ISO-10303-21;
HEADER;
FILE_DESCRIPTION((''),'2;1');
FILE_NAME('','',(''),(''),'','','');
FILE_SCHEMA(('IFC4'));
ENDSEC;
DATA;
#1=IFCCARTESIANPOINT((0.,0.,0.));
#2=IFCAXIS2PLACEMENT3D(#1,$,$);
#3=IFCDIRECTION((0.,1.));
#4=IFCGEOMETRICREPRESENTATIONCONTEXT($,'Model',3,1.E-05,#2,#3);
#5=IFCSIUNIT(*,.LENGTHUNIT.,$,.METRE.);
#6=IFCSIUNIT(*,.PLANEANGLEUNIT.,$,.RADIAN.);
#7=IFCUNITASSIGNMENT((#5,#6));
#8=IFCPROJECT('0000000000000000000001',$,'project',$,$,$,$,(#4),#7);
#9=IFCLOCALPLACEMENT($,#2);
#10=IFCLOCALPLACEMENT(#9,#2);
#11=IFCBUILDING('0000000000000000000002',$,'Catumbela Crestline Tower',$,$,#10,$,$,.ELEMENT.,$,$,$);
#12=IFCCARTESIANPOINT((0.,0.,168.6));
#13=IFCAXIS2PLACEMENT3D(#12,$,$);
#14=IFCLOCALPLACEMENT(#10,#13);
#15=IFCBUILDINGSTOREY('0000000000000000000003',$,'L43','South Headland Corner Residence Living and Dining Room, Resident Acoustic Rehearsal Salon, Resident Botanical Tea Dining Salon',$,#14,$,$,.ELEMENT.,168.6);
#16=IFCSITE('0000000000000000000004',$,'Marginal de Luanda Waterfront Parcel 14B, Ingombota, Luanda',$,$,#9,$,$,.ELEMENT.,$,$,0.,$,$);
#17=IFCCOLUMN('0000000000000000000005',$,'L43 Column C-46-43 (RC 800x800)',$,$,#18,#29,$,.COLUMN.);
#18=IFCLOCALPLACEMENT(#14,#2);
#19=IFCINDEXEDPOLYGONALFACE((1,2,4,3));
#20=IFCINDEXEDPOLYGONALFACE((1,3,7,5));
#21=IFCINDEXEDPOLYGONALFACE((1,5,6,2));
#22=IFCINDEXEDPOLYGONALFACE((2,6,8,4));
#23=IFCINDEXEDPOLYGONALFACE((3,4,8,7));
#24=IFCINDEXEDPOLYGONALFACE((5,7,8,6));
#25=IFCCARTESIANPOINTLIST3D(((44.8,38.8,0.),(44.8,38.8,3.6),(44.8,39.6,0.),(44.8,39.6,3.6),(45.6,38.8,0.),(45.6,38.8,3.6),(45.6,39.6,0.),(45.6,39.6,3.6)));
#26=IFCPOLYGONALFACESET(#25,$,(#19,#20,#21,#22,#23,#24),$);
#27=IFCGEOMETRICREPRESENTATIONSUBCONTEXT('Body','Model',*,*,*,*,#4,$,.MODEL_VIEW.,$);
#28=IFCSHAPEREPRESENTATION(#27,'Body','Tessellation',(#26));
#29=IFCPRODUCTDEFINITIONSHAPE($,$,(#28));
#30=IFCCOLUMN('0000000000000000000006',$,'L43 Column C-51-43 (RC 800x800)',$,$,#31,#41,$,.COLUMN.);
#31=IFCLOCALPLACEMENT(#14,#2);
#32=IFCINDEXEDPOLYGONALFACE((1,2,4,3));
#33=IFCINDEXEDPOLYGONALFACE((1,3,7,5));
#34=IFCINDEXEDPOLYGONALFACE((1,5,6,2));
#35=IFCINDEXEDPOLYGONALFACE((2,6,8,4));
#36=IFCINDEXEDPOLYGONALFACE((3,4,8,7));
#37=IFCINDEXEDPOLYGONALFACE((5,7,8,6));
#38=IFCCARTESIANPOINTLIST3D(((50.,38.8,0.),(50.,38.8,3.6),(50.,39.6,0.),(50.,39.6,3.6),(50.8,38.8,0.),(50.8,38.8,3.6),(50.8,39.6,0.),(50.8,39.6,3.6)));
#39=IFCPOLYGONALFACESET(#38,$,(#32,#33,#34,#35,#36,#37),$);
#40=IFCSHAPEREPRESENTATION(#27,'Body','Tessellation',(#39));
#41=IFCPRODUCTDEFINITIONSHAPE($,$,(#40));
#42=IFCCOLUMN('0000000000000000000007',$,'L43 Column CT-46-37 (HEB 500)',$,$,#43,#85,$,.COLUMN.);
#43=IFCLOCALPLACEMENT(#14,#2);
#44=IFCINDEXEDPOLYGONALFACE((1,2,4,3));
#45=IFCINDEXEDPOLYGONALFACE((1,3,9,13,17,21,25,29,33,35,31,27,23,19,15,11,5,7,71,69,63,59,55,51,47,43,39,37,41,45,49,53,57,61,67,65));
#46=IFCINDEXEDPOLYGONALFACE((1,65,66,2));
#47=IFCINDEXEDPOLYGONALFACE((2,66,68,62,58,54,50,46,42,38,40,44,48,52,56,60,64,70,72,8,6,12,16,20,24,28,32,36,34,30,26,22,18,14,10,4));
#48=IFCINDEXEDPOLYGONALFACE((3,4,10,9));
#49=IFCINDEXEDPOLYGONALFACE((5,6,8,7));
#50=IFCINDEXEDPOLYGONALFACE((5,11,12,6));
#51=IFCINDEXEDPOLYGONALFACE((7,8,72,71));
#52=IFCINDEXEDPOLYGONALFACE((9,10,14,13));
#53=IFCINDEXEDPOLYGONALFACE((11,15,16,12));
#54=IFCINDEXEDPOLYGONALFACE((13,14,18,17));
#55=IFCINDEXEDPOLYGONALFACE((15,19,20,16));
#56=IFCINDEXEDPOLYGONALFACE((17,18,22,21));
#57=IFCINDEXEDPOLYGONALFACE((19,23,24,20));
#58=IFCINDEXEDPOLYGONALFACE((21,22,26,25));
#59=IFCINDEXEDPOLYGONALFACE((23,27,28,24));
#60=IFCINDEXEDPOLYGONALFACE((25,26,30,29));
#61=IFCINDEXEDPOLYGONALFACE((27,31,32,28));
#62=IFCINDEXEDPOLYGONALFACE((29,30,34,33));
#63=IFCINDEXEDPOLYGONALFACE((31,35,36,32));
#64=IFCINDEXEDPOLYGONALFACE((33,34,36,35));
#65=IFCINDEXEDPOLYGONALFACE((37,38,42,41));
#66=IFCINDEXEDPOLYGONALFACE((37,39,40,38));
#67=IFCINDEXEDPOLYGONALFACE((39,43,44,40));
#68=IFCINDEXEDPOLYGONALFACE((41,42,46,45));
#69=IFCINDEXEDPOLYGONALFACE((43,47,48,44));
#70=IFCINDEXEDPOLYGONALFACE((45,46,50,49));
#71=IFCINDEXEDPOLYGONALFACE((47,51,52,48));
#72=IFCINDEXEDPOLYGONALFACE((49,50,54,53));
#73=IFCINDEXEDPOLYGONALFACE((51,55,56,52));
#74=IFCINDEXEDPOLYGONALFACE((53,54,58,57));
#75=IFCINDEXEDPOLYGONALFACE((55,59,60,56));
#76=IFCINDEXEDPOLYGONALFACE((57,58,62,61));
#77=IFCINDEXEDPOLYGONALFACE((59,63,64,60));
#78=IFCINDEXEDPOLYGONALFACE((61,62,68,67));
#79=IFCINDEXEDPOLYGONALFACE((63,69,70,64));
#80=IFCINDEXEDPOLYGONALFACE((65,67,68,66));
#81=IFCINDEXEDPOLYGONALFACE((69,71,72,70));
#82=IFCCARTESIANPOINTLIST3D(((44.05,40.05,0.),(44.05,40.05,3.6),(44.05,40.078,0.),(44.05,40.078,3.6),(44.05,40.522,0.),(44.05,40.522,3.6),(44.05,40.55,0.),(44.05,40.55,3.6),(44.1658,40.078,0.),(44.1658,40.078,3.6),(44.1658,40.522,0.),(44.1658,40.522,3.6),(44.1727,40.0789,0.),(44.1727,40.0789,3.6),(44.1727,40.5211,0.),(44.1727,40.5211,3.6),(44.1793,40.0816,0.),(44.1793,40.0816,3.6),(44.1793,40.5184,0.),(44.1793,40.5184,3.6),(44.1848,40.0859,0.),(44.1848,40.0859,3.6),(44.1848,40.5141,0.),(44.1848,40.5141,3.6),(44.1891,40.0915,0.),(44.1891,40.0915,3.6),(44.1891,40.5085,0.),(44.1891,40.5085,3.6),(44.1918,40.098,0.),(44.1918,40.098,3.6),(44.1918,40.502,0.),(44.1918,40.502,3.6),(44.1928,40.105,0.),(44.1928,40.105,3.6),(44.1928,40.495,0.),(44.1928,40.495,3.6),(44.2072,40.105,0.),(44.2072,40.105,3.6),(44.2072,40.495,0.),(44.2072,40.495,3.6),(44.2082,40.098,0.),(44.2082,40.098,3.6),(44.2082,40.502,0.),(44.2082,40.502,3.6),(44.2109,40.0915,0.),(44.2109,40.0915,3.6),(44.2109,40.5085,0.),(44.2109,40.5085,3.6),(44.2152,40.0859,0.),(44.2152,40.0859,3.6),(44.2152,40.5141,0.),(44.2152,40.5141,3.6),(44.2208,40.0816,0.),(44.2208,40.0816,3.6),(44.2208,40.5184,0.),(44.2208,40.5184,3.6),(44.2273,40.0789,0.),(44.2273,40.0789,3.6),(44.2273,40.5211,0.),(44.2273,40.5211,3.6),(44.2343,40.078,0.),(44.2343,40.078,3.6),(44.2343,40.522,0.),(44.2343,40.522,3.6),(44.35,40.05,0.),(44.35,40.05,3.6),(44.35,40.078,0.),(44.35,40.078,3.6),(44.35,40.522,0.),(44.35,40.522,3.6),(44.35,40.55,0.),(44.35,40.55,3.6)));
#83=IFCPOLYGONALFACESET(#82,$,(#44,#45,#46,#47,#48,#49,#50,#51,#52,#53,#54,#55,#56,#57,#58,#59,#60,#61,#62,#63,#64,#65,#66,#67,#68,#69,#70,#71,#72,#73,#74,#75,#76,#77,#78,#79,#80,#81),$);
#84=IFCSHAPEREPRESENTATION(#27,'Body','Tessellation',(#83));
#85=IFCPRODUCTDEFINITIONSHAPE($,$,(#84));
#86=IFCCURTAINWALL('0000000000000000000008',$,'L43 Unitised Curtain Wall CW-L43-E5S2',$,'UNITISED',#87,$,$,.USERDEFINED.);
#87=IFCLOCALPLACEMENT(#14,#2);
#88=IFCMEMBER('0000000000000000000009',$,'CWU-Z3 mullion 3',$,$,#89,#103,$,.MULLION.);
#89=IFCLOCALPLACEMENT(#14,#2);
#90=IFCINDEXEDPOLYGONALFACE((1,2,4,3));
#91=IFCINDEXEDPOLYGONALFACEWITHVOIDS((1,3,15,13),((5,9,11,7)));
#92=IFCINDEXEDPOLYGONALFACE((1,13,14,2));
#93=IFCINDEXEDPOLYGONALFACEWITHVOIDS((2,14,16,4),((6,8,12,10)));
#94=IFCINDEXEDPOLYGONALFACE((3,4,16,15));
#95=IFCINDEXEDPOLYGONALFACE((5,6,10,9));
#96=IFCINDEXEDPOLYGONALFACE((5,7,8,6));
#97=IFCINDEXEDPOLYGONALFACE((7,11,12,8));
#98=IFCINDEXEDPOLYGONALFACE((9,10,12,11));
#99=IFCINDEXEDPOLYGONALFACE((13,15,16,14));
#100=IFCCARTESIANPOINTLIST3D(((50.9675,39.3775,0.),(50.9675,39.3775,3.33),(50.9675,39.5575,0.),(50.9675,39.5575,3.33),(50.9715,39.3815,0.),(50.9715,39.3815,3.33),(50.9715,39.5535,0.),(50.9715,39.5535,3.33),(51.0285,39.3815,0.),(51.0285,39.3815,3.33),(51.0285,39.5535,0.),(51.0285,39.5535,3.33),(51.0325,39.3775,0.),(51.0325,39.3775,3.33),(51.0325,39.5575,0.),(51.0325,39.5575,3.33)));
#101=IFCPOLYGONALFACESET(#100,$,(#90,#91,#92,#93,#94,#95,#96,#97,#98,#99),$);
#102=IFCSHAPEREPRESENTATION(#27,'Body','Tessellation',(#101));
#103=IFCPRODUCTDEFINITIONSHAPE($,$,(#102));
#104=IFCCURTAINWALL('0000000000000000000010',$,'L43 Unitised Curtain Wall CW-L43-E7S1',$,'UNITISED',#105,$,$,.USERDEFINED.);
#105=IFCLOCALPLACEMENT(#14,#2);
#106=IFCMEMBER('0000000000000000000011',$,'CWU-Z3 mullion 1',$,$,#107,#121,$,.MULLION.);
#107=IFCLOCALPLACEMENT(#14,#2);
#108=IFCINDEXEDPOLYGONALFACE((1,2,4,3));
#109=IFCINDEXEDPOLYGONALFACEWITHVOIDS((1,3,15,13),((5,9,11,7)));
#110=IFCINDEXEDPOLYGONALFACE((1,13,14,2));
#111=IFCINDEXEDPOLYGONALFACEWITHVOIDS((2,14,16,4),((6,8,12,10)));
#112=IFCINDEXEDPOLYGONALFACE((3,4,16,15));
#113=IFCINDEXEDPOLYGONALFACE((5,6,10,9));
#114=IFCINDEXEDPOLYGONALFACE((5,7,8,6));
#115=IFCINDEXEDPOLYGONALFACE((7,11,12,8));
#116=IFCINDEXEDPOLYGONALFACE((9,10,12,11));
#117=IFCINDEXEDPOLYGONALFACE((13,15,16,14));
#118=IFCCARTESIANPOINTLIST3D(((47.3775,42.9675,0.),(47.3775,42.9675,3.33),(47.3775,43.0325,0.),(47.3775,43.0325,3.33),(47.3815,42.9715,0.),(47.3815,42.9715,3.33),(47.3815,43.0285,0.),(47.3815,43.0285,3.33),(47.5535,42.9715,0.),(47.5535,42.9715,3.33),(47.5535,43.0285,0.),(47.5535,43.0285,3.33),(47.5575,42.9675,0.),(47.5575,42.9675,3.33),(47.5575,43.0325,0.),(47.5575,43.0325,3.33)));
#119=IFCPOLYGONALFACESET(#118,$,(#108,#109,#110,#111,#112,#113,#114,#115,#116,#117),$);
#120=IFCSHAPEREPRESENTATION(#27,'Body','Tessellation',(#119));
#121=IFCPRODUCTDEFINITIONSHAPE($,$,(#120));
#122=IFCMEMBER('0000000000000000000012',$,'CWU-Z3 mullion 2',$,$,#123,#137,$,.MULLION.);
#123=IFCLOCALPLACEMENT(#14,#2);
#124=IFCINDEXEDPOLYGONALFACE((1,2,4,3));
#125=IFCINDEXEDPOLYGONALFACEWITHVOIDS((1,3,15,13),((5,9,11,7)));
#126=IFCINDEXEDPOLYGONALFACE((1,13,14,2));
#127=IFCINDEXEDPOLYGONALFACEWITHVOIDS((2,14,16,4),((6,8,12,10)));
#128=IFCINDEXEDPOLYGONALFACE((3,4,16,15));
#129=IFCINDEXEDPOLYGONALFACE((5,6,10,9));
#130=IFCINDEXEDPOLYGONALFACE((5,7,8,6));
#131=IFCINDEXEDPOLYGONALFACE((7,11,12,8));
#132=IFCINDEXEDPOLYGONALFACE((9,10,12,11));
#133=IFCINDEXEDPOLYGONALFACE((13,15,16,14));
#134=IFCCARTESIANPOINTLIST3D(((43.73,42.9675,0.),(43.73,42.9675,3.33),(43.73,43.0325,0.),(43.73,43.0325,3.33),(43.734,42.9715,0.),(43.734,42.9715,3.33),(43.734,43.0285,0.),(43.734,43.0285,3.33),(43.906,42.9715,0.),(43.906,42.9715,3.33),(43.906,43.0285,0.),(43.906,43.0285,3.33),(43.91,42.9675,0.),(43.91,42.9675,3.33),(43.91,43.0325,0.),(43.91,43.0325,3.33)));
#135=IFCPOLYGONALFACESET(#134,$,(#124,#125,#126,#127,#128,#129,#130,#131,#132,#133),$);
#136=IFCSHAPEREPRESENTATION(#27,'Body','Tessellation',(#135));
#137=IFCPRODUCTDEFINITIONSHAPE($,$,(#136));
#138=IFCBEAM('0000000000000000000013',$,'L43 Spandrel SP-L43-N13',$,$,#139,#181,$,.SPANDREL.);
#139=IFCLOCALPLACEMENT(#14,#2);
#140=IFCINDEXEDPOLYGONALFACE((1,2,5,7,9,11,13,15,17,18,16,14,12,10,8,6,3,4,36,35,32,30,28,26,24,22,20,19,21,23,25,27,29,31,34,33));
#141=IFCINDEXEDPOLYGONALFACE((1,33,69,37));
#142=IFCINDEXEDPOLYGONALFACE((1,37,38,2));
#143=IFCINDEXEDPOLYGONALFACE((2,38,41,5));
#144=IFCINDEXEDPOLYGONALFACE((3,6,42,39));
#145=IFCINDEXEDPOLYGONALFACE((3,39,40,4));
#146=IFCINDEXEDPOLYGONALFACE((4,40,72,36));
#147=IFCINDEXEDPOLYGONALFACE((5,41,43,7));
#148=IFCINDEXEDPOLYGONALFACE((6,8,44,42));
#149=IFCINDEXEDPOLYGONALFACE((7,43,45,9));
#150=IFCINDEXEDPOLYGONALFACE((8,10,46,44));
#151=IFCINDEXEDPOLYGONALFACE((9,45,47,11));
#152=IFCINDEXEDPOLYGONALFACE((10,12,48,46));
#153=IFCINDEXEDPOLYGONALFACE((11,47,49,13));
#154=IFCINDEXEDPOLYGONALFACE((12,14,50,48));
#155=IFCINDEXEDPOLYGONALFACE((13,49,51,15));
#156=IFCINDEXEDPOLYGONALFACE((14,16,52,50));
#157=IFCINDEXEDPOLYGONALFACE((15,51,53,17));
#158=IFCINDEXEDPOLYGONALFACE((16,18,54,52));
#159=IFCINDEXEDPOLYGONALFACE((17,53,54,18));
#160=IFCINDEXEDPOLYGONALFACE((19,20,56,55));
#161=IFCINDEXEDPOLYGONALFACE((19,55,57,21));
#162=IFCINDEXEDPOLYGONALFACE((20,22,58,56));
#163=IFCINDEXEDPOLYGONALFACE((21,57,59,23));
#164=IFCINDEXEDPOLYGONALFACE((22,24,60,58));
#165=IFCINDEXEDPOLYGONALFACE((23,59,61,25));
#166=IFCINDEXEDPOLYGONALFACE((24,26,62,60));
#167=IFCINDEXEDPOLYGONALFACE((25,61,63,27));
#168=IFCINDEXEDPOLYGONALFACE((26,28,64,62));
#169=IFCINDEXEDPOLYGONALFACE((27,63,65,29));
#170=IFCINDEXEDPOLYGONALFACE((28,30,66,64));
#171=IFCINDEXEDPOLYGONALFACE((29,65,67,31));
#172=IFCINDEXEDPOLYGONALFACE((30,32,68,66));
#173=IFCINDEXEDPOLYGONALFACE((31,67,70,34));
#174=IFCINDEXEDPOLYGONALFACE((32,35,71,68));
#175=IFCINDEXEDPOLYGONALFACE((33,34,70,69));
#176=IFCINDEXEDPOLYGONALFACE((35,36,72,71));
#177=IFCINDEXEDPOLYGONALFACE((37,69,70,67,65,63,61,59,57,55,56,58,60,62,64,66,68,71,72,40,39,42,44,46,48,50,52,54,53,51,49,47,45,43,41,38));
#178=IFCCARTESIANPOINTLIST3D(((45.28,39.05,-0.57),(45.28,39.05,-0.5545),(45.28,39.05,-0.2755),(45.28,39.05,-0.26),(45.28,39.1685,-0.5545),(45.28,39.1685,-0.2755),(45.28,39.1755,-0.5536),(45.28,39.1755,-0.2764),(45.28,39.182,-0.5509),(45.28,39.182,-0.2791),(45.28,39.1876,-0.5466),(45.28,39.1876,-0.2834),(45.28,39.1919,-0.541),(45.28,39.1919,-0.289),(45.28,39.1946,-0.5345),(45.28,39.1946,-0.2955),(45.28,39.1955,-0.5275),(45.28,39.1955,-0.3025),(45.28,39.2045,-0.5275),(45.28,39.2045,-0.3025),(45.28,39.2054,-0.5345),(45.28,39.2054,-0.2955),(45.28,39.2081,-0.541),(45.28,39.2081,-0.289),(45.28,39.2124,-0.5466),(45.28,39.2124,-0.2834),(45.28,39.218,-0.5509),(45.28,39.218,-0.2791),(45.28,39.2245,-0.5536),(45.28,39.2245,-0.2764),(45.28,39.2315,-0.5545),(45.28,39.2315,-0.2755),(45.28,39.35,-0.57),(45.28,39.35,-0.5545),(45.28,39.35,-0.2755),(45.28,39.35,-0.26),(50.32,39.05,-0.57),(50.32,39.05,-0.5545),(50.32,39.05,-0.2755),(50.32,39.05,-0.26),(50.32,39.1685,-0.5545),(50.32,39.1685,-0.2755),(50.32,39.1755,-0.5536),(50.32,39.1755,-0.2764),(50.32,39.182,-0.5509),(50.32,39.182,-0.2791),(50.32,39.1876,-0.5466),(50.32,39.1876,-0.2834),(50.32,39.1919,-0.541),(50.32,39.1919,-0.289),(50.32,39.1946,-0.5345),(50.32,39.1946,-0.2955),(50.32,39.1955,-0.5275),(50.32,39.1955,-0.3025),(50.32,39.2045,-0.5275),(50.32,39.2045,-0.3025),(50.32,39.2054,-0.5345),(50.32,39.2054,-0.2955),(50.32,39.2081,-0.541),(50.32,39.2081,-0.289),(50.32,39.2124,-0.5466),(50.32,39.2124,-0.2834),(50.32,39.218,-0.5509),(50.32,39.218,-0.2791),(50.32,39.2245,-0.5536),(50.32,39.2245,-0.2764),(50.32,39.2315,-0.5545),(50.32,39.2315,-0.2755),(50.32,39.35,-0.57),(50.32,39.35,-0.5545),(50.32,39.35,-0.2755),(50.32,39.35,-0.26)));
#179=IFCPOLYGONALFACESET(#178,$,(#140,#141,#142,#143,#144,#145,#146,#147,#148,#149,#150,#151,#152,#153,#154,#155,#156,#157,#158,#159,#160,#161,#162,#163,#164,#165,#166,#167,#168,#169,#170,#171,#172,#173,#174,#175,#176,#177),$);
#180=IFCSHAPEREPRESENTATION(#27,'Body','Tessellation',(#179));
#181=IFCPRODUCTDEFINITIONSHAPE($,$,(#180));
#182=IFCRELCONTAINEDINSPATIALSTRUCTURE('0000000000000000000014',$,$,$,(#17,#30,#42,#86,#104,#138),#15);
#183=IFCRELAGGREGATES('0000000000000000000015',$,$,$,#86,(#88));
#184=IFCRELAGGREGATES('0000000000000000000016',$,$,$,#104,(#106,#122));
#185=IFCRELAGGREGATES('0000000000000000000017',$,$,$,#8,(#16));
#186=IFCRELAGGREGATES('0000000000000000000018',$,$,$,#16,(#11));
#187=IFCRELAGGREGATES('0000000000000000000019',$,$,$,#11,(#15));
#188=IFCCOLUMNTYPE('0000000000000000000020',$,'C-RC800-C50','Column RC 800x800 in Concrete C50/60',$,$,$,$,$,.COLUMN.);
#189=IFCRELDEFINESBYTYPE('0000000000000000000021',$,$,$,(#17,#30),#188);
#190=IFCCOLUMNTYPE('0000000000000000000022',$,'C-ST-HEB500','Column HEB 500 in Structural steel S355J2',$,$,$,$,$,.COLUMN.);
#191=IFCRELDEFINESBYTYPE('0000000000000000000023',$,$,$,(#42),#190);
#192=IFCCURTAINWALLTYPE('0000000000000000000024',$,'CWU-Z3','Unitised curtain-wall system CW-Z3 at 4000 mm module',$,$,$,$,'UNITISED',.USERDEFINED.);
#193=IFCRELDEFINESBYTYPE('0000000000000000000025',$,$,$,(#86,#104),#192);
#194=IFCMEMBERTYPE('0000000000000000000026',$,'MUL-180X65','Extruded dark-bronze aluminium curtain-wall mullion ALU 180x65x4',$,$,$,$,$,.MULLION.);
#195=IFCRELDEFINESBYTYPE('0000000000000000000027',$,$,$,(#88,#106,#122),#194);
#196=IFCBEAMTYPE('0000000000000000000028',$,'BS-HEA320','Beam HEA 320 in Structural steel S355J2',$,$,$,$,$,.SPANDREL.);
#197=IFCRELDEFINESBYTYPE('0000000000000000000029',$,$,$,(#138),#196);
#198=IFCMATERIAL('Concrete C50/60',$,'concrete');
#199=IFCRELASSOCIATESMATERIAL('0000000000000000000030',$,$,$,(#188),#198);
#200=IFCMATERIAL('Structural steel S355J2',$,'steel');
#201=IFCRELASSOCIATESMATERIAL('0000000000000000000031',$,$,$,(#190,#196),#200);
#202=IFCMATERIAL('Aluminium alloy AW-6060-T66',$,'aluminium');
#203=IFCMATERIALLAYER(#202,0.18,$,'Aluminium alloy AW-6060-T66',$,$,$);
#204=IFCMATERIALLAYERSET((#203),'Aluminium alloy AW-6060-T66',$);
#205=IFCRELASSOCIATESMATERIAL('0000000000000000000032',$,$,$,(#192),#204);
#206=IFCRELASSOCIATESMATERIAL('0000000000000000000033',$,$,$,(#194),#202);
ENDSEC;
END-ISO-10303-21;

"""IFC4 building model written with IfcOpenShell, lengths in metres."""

from ifc_helpers import new_model, si_unit, direction, frame, origin, origin_2d, place, context, subcontext, project, spatial, rectangle, hollow_rectangle, i_section, extrude, material, layer, layer_set, material_profile, profile_set, type_object, element, aggregate, save


model = new_model("IFC4")

# Units and contexts
model_context = context("Model", 3, precision=1e-05, world=origin(), true_north=direction((0.0, 1.0)))
body_context = subcontext(model_context, "Body", "Model", "MODEL_VIEW")
ifc_project = project(units=[si_unit("LENGTHUNIT", "METRE"), si_unit("PLANEANGLEUNIT", "RADIAN")], contexts=[model_context])

# Site, building, storey
site_placement = place(None, origin())
site = spatial("IfcSite", under=ifc_project, at=site_placement, Name="Marginal de Luanda Waterfront Parcel 14B, Ingombota, Luanda", CompositionType="ELEMENT", RefElevation=0.0)
building_placement = place(site_placement, origin())
building = spatial("IfcBuilding", under=site, at=building_placement, Name="Catumbela Crestline Tower", CompositionType="ELEMENT")
storey_placement = place(building_placement, frame((0.0, 0.0, 168.6)))
storey = spatial("IfcBuildingStorey", under=building, at=storey_placement, Name="L43", Description="South Headland Corner Residence Living and Dining Room, Resident Acoustic Rehearsal Salon, Resident Botanical Tea Dining Salon", CompositionType="ELEMENT", Elevation=168.6)

# Columns
ifc_material_1 = material(Name="Concrete C50/60", Category="concrete")
ifc_material_profile_1 = material_profile(ifc_material_1, rectangle(XDim=0.8, YDim=0.8, at=origin_2d()), Name="RC 800x800")
ifc_profile_set_1 = profile_set([ifc_material_profile_1], Name="Concrete C50/60")
column_type_1 = type_object("IfcColumnType", Name="C-RC800-C50", Description="Column RC 800x800 in Concrete C50/60", PredefinedType="COLUMN", material=ifc_profile_set_1)
for number, where, z_axis, x_axis, name in (
    (1, (45.2, 39.2, 0.0), (0.0, 0.0, 1.0), (1.0, 0.0, 0.0), "L43 Column C-46-43 (RC 800x800)"),
    (2, (50.4, 39.2, 0.0), (0.0, 0.0, 1.0), (1.0, 0.0, 0.0), "L43 Column C-51-43 (RC 800x800)"),
):
    element("IfcColumn", number, at=place(storey_placement, frame(where, z_axis=z_axis, x_axis=x_axis)), inside=storey, type_object=column_type_1, Name=name, PredefinedType="COLUMN", context=body_context, shape_type="SweptSolid", body=[
        extrude(rectangle(XDim=0.8, YDim=0.8, at=origin_2d()), origin(), (0.0, 0.0, 1.0), 3.6),
    ])
ifc_material_2 = material(Name="Structural steel S355J2", Category="steel")
ifc_material_profile_2 = material_profile(ifc_material_2, i_section(OverallWidth=0.3, OverallDepth=0.5, WebThickness=0.0145, FlangeThickness=0.028, FilletRadius=0.027, at=origin_2d()), Name="HEB 500")
ifc_profile_set_2 = profile_set([ifc_material_profile_2], Name="Structural steel S355J2")
column_type_2 = type_object("IfcColumnType", Name="C-ST-HEB500", Description="Column HEB 500 in Structural steel S355J2", PredefinedType="COLUMN", material=ifc_profile_set_2)
column_placement = place(storey_placement, frame((44.2, 40.3, 0.0), z_axis=(0.0, 0.0, 1.0), x_axis=(1.0, 0.0, 0.0)))
element("IfcColumn", 3, at=column_placement, inside=storey, type_object=column_type_2, Name="L43 Column CT-46-37 (HEB 500)", PredefinedType="COLUMN", context=body_context, shape_type="SweptSolid", body=[
    extrude(i_section(OverallWidth=0.3, OverallDepth=0.5, WebThickness=0.0145, FlangeThickness=0.028, FilletRadius=0.027, at=origin_2d()), origin(), (0.0, 0.0, 1.0), 3.6),
])

# Curtain wall, member
ifc_material_3 = material(Name="Aluminium alloy AW-6060-T66", Category="aluminium")
ifc_layer_1 = layer(ifc_material_3, 0.18, Name="Aluminium alloy AW-6060-T66")
ifc_layer_set_1 = layer_set([ifc_layer_1], Name="Aluminium alloy AW-6060-T66")
curtain_wall_type = type_object("IfcCurtainWallType", Name="CWU-Z3", Description="Unitised curtain-wall system CW-Z3 at 4000 mm module", ElementType="UNITISED", PredefinedType="USERDEFINED", material=ifc_layer_set_1)
curtain_wall_1_placement = place(storey_placement, origin())
curtain_wall_1 = element("IfcCurtainWall", 4, at=curtain_wall_1_placement, inside=storey, type_object=curtain_wall_type, Name="L43 Unitised Curtain Wall CW-L43-E5S2", ObjectType="UNITISED", PredefinedType="USERDEFINED")
ifc_material_profile_3 = material_profile(ifc_material_3, hollow_rectangle(XDim=0.065, YDim=0.18, WallThickness=0.004, at=origin_2d()), Name="ALU 180x65x4")
ifc_profile_set_3 = profile_set([ifc_material_profile_3], Name="Aluminium alloy AW-6060-T66")
member_type_1 = type_object("IfcMemberType", Name="MUL-180X65", Description="Extruded dark-bronze aluminium curtain-wall mullion ALU 180x65x4", PredefinedType="MULLION", material=ifc_profile_set_3)
member_1_placement = place(storey_placement, frame((51.0, 39.4675, 0.0), z_axis=(0.0, 0.0, 1.0), x_axis=(-1.0, 0.0, 0.0)))
member_1 = element("IfcMember", 5, at=member_1_placement, type_object=member_type_1, Name="CWU-Z3 mullion 3", PredefinedType="MULLION", context=body_context, shape_type="SweptSolid", body=[
    extrude(hollow_rectangle(XDim=0.065, YDim=0.18, WallThickness=0.004, at=origin_2d()), origin(), (0.0, 0.0, 1.0), 3.33),
])

# Curtain wall, members
curtain_wall_2_placement = place(storey_placement, origin())
curtain_wall_2 = element("IfcCurtainWall", 6, at=curtain_wall_2_placement, inside=storey, type_object=curtain_wall_type, Name="L43 Unitised Curtain Wall CW-L43-E7S1", ObjectType="UNITISED", PredefinedType="USERDEFINED")
member_2_placement = place(storey_placement, frame((47.4675, 43.0, 0.0), z_axis=(0.0, 0.0, 1.0), x_axis=(0.0, -1.0, 0.0)))
member_2 = element("IfcMember", 7, at=member_2_placement, type_object=member_type_1, Name="CWU-Z3 mullion 1", PredefinedType="MULLION", context=body_context, shape_type="SweptSolid", body=[
    extrude(hollow_rectangle(XDim=0.065, YDim=0.18, WallThickness=0.004, at=origin_2d()), origin(), (0.0, 0.0, 1.0), 3.33),
])
member_3_placement = place(storey_placement, frame((43.82, 43.0, 0.0), z_axis=(0.0, 0.0, 1.0), x_axis=(0.0, -1.0, 0.0)))
member_3 = element("IfcMember", 8, at=member_3_placement, type_object=member_type_1, Name="CWU-Z3 mullion 2", PredefinedType="MULLION", context=body_context, shape_type="SweptSolid", body=[
    extrude(hollow_rectangle(XDim=0.065, YDim=0.18, WallThickness=0.004, at=origin_2d()), origin(), (0.0, 0.0, 1.0), 3.33),
])

# Beam
ifc_material_profile_4 = material_profile(ifc_material_2, i_section(OverallWidth=0.3, OverallDepth=0.31, WebThickness=0.009, FlangeThickness=0.0155, FilletRadius=0.027, at=origin_2d()), Name="HEA 320")
ifc_profile_set_4 = profile_set([ifc_material_profile_4], Name="Structural steel S355J2")
beam_type = type_object("IfcBeamType", Name="BS-HEA320", Description="Beam HEA 320 in Structural steel S355J2", PredefinedType="SPANDREL", material=ifc_profile_set_4)
beam_placement = place(storey_placement, frame((45.28, 39.2, -0.415), z_axis=(1.0, 0.0, 0.0), x_axis=(0.0, 1.0, 0.0)))
element("IfcBeam", 9, at=beam_placement, inside=storey, type_object=beam_type, Name="L43 Spandrel SP-L43-N13", PredefinedType="SPANDREL", context=body_context, shape_type="SweptSolid", body=[
    extrude(i_section(OverallWidth=0.3, OverallDepth=0.31, WebThickness=0.009, FlangeThickness=0.0155, FilletRadius=0.027, at=origin_2d()), origin(), (0.0, 0.0, 1.0), 5.04),
])

aggregate(curtain_wall_1, [member_1])
aggregate(curtain_wall_2, [member_2, member_3])

save(model, "model.ifc")
